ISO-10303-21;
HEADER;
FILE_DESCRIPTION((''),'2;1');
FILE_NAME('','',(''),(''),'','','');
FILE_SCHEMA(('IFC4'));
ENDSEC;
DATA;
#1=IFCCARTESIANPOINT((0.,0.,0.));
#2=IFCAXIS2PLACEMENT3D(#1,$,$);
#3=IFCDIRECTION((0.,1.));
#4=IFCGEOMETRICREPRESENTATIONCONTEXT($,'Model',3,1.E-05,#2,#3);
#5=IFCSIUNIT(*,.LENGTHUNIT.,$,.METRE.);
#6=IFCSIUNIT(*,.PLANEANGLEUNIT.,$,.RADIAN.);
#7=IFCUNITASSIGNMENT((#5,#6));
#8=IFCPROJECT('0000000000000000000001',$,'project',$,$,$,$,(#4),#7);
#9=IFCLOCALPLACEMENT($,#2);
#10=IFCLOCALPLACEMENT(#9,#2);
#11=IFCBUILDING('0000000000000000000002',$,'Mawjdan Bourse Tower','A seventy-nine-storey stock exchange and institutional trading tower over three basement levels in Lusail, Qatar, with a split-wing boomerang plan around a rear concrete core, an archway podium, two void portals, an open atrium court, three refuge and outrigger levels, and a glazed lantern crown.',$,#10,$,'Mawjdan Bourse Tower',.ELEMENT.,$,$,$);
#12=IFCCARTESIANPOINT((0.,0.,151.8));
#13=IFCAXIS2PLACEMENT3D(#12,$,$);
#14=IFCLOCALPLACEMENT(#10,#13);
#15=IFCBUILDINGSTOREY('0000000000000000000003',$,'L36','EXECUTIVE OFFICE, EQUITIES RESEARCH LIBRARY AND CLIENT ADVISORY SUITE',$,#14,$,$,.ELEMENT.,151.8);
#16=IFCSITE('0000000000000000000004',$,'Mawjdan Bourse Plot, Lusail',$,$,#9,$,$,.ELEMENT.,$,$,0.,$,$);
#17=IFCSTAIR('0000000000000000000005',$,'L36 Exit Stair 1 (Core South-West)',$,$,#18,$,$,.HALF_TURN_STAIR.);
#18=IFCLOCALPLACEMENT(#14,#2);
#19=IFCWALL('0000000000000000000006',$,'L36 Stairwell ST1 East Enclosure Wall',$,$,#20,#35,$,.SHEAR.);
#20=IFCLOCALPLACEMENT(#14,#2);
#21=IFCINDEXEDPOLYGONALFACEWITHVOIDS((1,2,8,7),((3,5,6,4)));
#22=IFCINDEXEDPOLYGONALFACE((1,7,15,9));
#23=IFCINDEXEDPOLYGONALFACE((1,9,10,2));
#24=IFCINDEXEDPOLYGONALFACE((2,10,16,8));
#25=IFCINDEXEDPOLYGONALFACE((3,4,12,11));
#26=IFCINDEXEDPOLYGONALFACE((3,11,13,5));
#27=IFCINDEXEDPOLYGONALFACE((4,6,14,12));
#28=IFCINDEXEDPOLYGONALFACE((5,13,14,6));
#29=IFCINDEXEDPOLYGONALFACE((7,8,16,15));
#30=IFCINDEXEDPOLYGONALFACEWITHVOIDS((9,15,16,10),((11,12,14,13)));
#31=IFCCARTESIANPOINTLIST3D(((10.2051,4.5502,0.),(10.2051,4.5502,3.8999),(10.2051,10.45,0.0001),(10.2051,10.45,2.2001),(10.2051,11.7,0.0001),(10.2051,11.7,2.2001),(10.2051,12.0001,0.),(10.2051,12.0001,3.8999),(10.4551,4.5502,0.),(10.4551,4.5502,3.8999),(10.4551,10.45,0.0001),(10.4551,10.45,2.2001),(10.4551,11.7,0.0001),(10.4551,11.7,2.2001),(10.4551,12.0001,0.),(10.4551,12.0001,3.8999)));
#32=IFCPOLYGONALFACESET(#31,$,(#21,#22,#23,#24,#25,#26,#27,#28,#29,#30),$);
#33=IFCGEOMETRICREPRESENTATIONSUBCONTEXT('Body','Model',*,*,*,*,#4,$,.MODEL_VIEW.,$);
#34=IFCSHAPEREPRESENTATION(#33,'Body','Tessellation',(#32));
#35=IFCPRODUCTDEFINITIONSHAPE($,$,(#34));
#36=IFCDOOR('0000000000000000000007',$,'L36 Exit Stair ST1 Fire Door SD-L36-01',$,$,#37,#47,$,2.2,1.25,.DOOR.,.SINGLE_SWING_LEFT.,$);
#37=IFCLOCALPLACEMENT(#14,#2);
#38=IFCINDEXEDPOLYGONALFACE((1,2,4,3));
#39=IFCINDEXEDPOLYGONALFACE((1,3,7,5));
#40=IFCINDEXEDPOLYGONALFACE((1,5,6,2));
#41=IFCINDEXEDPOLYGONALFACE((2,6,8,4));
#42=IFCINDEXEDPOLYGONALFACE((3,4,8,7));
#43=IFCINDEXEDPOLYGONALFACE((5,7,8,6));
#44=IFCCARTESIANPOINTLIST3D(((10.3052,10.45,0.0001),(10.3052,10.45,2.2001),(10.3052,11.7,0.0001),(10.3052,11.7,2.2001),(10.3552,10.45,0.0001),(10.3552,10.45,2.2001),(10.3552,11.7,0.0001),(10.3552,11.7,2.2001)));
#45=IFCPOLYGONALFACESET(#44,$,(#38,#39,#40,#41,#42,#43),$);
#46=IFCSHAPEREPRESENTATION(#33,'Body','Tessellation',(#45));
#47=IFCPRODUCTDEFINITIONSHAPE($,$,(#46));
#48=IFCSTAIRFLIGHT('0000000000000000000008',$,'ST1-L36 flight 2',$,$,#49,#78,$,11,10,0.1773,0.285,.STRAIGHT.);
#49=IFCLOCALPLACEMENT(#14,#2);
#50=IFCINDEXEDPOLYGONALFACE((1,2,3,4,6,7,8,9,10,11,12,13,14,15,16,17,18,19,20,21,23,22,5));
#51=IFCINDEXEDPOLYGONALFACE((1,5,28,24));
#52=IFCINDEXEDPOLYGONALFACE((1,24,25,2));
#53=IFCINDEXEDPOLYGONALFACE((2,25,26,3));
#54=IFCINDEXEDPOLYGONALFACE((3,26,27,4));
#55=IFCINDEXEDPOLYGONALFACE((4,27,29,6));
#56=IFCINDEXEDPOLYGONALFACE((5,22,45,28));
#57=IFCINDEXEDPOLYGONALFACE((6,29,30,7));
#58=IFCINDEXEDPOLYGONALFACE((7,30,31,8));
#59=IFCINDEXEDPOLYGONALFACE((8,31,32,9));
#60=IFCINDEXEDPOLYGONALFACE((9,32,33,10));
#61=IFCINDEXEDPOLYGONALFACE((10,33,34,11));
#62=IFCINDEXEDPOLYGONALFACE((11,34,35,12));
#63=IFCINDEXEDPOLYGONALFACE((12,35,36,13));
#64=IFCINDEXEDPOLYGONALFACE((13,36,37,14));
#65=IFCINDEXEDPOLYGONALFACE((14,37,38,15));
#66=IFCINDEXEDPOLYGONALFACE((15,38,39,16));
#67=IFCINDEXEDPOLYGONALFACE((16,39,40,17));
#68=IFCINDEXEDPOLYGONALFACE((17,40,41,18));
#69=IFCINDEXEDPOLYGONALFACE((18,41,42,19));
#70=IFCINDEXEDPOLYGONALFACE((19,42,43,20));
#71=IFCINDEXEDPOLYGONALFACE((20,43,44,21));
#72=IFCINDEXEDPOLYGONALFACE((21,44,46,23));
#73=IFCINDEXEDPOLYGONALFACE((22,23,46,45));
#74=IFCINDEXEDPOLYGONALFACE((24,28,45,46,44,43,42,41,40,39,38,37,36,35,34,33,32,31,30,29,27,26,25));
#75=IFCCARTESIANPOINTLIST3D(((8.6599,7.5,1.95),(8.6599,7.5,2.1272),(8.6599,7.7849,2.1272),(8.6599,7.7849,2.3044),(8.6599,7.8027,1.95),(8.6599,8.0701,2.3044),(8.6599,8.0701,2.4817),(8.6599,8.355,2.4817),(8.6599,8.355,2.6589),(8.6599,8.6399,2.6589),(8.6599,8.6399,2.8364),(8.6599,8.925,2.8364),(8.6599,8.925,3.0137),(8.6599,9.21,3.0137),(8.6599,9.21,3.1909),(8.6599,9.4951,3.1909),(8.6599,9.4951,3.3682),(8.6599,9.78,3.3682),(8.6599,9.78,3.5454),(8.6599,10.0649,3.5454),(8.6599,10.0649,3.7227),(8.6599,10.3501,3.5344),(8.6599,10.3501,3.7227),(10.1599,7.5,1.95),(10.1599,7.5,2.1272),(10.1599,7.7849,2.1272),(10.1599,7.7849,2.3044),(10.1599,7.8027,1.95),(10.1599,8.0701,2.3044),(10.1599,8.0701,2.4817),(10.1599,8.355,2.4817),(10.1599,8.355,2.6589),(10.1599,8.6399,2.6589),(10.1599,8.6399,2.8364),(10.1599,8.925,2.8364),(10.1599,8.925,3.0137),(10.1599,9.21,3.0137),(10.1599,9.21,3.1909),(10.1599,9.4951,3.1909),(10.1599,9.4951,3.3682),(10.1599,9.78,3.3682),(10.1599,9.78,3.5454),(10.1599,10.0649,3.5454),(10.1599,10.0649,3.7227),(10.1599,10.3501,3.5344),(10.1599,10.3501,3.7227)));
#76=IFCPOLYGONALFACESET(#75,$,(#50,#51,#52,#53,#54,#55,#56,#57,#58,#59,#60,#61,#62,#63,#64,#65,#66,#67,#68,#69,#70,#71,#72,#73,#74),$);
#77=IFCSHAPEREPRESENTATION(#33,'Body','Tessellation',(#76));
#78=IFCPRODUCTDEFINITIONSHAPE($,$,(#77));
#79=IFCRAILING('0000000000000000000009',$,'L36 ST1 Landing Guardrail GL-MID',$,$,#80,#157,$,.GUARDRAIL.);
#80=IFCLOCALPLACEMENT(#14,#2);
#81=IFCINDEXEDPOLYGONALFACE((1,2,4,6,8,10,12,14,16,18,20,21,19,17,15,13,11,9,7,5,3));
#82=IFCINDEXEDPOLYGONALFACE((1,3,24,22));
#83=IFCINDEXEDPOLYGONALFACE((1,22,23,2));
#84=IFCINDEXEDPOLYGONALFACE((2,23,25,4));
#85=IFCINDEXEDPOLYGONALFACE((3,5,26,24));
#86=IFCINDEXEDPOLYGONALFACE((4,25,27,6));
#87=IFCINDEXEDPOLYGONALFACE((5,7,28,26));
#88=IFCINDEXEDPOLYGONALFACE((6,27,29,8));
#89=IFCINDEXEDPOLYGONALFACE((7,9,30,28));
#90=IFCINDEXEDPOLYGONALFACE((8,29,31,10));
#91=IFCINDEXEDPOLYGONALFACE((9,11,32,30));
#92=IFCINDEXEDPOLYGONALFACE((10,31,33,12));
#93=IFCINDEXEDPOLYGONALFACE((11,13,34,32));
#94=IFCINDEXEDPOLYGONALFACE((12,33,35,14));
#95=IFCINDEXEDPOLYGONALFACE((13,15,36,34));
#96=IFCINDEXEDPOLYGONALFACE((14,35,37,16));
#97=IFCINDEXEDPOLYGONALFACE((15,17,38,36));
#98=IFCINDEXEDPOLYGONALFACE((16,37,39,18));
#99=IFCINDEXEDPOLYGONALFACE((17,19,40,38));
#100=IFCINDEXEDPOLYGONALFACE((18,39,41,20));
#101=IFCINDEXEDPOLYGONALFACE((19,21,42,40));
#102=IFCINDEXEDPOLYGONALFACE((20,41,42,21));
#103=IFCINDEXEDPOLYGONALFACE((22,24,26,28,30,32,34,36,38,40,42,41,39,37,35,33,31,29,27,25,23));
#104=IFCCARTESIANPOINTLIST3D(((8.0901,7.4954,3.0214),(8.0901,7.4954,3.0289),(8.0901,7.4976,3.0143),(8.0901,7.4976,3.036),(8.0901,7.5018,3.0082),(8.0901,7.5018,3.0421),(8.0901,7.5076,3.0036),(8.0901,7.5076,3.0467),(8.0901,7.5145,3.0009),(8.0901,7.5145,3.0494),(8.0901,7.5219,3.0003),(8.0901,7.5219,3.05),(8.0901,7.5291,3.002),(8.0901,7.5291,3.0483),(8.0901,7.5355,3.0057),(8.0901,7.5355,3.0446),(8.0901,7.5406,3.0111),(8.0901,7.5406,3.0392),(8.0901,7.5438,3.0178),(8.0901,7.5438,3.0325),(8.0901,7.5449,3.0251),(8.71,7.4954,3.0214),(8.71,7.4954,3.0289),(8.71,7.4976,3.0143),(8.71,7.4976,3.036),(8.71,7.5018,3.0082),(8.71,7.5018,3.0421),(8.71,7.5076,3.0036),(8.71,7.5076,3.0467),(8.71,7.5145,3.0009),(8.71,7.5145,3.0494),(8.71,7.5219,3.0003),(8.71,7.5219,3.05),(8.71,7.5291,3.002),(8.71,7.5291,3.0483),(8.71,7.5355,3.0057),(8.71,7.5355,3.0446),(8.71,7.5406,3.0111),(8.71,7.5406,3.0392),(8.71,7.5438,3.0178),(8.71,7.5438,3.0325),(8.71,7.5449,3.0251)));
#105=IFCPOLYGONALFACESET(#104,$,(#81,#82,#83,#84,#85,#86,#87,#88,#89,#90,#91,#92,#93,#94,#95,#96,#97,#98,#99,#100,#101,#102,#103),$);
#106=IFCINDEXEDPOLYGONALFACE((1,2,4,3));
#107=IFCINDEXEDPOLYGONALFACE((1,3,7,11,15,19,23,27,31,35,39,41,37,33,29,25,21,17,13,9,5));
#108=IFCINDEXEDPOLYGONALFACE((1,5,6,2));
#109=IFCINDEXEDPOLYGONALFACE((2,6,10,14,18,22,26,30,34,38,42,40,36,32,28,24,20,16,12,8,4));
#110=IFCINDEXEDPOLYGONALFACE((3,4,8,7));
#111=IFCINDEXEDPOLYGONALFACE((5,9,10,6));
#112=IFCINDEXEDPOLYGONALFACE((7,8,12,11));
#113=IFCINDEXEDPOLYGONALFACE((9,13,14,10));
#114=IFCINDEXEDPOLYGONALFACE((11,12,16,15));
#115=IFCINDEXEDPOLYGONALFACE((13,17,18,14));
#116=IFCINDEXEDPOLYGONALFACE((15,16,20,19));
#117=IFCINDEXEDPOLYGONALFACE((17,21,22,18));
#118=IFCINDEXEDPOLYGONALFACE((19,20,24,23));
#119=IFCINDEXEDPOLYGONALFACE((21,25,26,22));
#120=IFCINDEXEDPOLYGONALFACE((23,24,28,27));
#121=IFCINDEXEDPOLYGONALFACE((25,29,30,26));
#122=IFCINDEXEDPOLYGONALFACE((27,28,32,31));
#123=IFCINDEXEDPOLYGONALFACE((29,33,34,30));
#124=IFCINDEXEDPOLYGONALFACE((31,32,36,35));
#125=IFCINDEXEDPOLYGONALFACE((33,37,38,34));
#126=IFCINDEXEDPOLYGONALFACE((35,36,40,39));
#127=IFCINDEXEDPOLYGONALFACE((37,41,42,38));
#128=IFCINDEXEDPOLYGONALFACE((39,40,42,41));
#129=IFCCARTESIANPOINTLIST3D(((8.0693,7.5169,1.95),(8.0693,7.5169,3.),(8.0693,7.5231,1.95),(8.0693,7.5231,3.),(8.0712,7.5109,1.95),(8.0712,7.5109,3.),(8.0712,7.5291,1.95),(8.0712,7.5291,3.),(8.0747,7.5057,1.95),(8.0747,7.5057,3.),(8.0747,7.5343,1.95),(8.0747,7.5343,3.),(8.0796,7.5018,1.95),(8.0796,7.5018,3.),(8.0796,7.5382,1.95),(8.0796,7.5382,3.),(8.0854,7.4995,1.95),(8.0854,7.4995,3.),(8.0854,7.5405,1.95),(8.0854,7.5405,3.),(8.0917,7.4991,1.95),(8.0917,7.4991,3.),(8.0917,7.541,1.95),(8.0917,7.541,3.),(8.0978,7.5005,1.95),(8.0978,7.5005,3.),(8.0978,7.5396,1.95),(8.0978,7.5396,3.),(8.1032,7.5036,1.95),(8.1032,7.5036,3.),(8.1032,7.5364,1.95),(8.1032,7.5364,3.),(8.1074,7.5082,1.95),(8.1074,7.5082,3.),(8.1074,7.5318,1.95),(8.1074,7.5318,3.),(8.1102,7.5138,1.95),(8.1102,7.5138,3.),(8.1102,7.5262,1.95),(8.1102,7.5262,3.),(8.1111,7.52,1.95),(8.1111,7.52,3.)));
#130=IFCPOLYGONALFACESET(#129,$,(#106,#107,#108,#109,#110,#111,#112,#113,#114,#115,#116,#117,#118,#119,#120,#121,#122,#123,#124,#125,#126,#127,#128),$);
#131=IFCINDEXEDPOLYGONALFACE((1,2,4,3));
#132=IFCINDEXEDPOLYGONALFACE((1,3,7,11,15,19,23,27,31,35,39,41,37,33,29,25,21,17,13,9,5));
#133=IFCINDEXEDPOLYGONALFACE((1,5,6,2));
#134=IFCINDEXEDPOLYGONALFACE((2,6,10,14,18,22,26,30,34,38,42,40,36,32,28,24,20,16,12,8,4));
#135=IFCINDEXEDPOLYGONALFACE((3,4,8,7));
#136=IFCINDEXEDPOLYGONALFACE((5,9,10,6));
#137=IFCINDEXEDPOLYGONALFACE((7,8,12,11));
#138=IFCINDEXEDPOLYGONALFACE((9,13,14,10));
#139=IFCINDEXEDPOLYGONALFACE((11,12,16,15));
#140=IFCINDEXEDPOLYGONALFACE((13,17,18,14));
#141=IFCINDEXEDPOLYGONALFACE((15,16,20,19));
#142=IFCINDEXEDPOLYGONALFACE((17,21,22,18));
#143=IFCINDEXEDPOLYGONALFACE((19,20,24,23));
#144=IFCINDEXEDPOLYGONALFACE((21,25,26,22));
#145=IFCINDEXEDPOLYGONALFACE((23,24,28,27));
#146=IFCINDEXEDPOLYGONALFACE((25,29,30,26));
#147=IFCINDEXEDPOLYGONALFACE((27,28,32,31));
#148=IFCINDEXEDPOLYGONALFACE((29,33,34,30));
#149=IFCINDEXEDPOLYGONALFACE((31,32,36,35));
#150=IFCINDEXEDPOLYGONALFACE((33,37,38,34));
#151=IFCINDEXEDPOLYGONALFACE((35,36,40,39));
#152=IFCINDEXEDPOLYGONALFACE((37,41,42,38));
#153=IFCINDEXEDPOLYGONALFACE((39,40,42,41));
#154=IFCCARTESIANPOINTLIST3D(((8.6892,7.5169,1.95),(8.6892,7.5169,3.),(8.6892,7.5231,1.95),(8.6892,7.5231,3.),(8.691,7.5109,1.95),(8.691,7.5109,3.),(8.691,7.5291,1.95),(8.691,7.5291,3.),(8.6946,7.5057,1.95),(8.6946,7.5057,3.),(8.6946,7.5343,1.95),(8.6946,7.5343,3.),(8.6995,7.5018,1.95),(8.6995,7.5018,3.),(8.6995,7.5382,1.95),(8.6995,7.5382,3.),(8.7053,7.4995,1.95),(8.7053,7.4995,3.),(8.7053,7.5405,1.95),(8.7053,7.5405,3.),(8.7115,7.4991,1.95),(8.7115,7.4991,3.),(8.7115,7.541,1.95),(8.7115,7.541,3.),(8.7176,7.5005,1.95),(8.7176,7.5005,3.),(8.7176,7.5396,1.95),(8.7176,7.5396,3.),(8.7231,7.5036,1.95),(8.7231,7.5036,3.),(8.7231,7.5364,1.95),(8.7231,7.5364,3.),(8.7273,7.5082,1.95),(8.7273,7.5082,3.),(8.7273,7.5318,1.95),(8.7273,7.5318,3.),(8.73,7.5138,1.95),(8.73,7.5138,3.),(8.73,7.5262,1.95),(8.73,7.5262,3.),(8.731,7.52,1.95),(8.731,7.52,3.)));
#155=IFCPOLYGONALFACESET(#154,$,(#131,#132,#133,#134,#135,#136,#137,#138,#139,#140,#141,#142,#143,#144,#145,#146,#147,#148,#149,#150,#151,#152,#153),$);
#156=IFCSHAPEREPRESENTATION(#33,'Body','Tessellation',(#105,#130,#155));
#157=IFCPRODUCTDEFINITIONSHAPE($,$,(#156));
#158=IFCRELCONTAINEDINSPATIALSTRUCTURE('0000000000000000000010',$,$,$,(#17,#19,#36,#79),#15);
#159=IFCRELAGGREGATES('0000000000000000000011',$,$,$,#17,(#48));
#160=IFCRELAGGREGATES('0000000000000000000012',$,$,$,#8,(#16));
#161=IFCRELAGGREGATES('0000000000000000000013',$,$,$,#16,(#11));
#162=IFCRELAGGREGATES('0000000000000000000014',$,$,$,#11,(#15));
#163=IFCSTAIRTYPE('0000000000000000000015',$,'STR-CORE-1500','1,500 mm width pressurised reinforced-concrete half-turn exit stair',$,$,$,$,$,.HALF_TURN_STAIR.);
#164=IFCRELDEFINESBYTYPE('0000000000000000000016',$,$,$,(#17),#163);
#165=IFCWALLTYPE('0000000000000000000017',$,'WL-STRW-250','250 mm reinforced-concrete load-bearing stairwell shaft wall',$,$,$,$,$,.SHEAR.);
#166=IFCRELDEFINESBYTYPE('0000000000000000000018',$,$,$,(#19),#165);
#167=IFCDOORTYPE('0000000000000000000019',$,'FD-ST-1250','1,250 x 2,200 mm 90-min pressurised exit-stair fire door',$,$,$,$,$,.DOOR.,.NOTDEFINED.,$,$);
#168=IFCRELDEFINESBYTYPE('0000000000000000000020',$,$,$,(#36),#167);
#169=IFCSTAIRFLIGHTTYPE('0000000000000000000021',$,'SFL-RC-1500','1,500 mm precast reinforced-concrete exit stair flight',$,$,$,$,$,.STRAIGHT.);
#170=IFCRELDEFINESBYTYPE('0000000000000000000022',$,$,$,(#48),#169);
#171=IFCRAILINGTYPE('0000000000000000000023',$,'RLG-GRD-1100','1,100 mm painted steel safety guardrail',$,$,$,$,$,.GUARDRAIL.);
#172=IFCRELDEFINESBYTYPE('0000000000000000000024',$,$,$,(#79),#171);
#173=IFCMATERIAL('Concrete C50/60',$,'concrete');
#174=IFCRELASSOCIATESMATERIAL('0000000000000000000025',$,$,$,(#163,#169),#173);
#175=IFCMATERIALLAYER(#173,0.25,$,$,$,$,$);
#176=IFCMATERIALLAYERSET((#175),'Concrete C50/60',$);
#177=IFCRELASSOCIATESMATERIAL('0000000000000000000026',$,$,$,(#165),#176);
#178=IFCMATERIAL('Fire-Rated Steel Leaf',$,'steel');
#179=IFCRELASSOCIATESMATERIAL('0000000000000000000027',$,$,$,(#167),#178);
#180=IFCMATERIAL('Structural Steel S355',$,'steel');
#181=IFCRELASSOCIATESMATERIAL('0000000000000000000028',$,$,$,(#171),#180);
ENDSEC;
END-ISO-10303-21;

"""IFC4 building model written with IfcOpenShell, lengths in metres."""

from ifc_helpers import new_model, si_unit, direction, frame, frame_2d, origin, origin_2d, place, context, subcontext, project, spatial, polyline, rectangle, circle, outline, extrude, material, layer, layer_set, type_object, element, fill, aggregate, save


model = new_model("IFC4")

# Units and contexts
model_context = context("Model", 3, precision=1e-05, world=origin(), true_north=direction((0.0, 1.0)))
body_context = subcontext(model_context, "Body", "Model", "MODEL_VIEW")
ifc_project = project(units=[si_unit("LENGTHUNIT", "METRE"), si_unit("PLANEANGLEUNIT", "RADIAN")], contexts=[model_context])

# Site, building, storey
site_placement = place(None, origin())
site = spatial("IfcSite", under=ifc_project, at=site_placement, Name="Mawjdan Bourse Plot, Lusail", CompositionType="ELEMENT", RefElevation=0.0)
building_placement = place(site_placement, origin())
building = spatial("IfcBuilding", under=site, at=building_placement, Name="Mawjdan Bourse Tower", Description="A seventy-nine-storey stock exchange and institutional trading tower over three basement levels in Lusail, Qatar, with a split-wing boomerang plan around a rear concrete core, an archway podium, two void portals, an open atrium court, three refuge and outrigger levels, and a glazed lantern crown.", LongName="Mawjdan Bourse Tower", CompositionType="ELEMENT")
storey_placement = place(building_placement, frame((0.0, 0.0, 151.8)))
storey = spatial("IfcBuildingStorey", under=building, at=storey_placement, Name="L36", Description="EXECUTIVE OFFICE, EQUITIES RESEARCH LIBRARY AND CLIENT ADVISORY SUITE", CompositionType="ELEMENT", Elevation=151.8)

# Shared definitions
ifc_material_1 = material(Name="Structural Steel S355", Category="steel")

# Stair
ifc_material_2 = material(Name="Concrete C50/60", Category="concrete")
stair_type = type_object("IfcStairType", Name="STR-CORE-1500", Description="1,500 mm width pressurised reinforced-concrete half-turn exit stair", PredefinedType="HALF_TURN_STAIR", material=ifc_material_2)
stair_1_placement = place(storey_placement, origin())
stair_1 = element("IfcStair", 1, at=stair_1_placement, inside=storey, type_object=stair_type, Name="L36 Exit Stair 1 (Core South-West)", PredefinedType="HALF_TURN_STAIR")

# Shared definitions
ifc_material_3 = material(Name="Fire-Rated Steel Leaf", Category="steel")

# Shared definitions
ifc_layer_1 = layer(ifc_material_2, 0.25)
ifc_layer_set_1 = layer_set([ifc_layer_1], Name="Concrete C50/60")
wall_type_1 = type_object("IfcWallType", Name="WL-STRW-250", Description="250 mm reinforced-concrete load-bearing stairwell shaft wall", PredefinedType="SHEAR", material=ifc_layer_set_1)

# Wall, opening, door
wall_1_placement = place(storey_placement, frame((10.3301, 4.55, 0.0), z_axis=(0.0, 0.0, 1.0), x_axis=(0.0, 1.0, 0.0)))
wall_1 = element("IfcWall", 2, at=wall_1_placement, inside=storey, type_object=wall_type_1, Name="L36 Stairwell ST1 East Enclosure Wall", PredefinedType="SHEAR", context=body_context, shape_type="SweptSolid", body=[
    extrude(rectangle(XDim=7.45, YDim=0.25, at=frame_2d((3.7251, 0.0))), origin(), (0.0, 0.0, 1.0), 3.8999),
])
opening_1_placement = place(wall_1_placement, frame((5.8999, 0.0, 0.0)))
opening_1 = element("IfcOpeningElement", 3, at=opening_1_placement, cuts=wall_1, PredefinedType="OPENING", context=body_context, shape_type="SweptSolid", body=[
    extrude(rectangle(XDim=1.25, YDim=2.2, at=frame_2d((0.625, 1.1001))), frame((0.0, 0.135, 0.0), z_axis=(0.0, -1.0, 0.0), x_axis=(1.0, 0.0, 0.0)), (0.0, 0.0, 1.0), 0.27),
])
door_type_1 = type_object("IfcDoorType", Name="FD-ST-1250", Description="1,250 x 2,200 mm 90-min pressurised exit-stair fire door", OperationType="NOTDEFINED", PredefinedType="DOOR", material=ifc_material_3)
door_1_placement = place(opening_1_placement, origin())
door_1 = element("IfcDoor", 4, at=door_1_placement, inside=storey, type_object=door_type_1, Name="L36 Exit Stair ST1 Fire Door SD-L36-01", OperationType="SINGLE_SWING_LEFT", OverallHeight=2.2, OverallWidth=1.25, PredefinedType="DOOR", context=body_context, shape_type="SweptSolid", body=[
    extrude(rectangle(XDim=1.25, YDim=2.2, at=frame_2d((0.625, 1.1001))), frame((0.0, 0.0249, 0.0), z_axis=(0.0, -1.0, 0.0), x_axis=(1.0, 0.0, 0.0)), (0.0, 0.0, 1.0), 0.05),
])
fill(opening_1, door_1)

# Stair flight
stair_flight_type = type_object("IfcStairFlightType", Name="SFL-RC-1500", Description="1,500 mm precast reinforced-concrete exit stair flight", PredefinedType="STRAIGHT", material=ifc_material_2)
stair_flight_placement = place(storey_placement, frame((9.4099, 7.5, 1.95), z_axis=(0.0, 0.0, 1.0), x_axis=(0.0, 1.0, 0.0)))
stair_flight = element("IfcStairFlight", 5, at=stair_flight_placement, type_object=stair_flight_type, Name="ST1-L36 flight 2", NumberOfRisers=11, NumberOfTreads=10, PredefinedType="STRAIGHT", RiserHeight=0.1773, TreadLength=0.285, context=body_context, shape_type="SweptSolid", body=[
    extrude(outline(polyline([(0.0, 0.0), (0.0, 0.1772), (0.2849, 0.1772), (0.2849, 0.3545), (0.5701, 0.3545), (0.5701, 0.5317), (0.855, 0.5317), (0.855, 0.709), (1.1399, 0.709), (1.1399, 0.8865), (1.425, 0.8865), (1.425, 1.0637), (1.71, 1.0637), (1.71, 1.241), (1.9951, 1.241), (1.9951, 1.4182), (2.28, 1.4182), (2.28, 1.5955), (2.5649, 1.5955), (2.5649, 1.7727), (2.8501, 1.7727), (2.8501, 1.95), (2.8501, 1.5845), (0.3027, 0.0), (0.0, 0.0)])), frame((0.0, 0.75, 0.0), z_axis=(0.0, -1.0, 0.0), x_axis=(1.0, 0.0, 0.0)), (0.0, 0.0, 1.0), 1.5),
])
aggregate(stair_1, [stair_flight])

# Railing
railing_type_1 = type_object("IfcRailingType", Name="RLG-GRD-1100", Description="1,100 mm painted steel safety guardrail", PredefinedType="GUARDRAIL", material=ifc_material_1)
for number, where, name in (
    (6, (8.0901, 7.52, 1.95), "L36 ST1 Landing Guardrail GL-MID"),
):
    element("IfcRailing", number, at=place(storey_placement, frame(where)), inside=storey, type_object=railing_type_1, Name=name, PredefinedType="GUARDRAIL", context=body_context, shape_type="SweptSolid", body=[
        extrude(circle(Radius=0.0249, at=origin_2d()), frame((0.0, 0.0, 1.0752), z_axis=(1.0, 0.0, 0.0), x_axis=(0.0, 1.0, 0.0)), (0.0, 0.0, 1.0), 0.6199),
        extrude(circle(Radius=0.021, at=origin_2d()), origin(), (0.0, 0.0, 1.0), 1.05),
        extrude(circle(Radius=0.021, at=origin_2d()), frame((0.6199, 0.0, 0.0)), (0.0, 0.0, 1.0), 1.05),
    ])

save(model, "model.ifc")
